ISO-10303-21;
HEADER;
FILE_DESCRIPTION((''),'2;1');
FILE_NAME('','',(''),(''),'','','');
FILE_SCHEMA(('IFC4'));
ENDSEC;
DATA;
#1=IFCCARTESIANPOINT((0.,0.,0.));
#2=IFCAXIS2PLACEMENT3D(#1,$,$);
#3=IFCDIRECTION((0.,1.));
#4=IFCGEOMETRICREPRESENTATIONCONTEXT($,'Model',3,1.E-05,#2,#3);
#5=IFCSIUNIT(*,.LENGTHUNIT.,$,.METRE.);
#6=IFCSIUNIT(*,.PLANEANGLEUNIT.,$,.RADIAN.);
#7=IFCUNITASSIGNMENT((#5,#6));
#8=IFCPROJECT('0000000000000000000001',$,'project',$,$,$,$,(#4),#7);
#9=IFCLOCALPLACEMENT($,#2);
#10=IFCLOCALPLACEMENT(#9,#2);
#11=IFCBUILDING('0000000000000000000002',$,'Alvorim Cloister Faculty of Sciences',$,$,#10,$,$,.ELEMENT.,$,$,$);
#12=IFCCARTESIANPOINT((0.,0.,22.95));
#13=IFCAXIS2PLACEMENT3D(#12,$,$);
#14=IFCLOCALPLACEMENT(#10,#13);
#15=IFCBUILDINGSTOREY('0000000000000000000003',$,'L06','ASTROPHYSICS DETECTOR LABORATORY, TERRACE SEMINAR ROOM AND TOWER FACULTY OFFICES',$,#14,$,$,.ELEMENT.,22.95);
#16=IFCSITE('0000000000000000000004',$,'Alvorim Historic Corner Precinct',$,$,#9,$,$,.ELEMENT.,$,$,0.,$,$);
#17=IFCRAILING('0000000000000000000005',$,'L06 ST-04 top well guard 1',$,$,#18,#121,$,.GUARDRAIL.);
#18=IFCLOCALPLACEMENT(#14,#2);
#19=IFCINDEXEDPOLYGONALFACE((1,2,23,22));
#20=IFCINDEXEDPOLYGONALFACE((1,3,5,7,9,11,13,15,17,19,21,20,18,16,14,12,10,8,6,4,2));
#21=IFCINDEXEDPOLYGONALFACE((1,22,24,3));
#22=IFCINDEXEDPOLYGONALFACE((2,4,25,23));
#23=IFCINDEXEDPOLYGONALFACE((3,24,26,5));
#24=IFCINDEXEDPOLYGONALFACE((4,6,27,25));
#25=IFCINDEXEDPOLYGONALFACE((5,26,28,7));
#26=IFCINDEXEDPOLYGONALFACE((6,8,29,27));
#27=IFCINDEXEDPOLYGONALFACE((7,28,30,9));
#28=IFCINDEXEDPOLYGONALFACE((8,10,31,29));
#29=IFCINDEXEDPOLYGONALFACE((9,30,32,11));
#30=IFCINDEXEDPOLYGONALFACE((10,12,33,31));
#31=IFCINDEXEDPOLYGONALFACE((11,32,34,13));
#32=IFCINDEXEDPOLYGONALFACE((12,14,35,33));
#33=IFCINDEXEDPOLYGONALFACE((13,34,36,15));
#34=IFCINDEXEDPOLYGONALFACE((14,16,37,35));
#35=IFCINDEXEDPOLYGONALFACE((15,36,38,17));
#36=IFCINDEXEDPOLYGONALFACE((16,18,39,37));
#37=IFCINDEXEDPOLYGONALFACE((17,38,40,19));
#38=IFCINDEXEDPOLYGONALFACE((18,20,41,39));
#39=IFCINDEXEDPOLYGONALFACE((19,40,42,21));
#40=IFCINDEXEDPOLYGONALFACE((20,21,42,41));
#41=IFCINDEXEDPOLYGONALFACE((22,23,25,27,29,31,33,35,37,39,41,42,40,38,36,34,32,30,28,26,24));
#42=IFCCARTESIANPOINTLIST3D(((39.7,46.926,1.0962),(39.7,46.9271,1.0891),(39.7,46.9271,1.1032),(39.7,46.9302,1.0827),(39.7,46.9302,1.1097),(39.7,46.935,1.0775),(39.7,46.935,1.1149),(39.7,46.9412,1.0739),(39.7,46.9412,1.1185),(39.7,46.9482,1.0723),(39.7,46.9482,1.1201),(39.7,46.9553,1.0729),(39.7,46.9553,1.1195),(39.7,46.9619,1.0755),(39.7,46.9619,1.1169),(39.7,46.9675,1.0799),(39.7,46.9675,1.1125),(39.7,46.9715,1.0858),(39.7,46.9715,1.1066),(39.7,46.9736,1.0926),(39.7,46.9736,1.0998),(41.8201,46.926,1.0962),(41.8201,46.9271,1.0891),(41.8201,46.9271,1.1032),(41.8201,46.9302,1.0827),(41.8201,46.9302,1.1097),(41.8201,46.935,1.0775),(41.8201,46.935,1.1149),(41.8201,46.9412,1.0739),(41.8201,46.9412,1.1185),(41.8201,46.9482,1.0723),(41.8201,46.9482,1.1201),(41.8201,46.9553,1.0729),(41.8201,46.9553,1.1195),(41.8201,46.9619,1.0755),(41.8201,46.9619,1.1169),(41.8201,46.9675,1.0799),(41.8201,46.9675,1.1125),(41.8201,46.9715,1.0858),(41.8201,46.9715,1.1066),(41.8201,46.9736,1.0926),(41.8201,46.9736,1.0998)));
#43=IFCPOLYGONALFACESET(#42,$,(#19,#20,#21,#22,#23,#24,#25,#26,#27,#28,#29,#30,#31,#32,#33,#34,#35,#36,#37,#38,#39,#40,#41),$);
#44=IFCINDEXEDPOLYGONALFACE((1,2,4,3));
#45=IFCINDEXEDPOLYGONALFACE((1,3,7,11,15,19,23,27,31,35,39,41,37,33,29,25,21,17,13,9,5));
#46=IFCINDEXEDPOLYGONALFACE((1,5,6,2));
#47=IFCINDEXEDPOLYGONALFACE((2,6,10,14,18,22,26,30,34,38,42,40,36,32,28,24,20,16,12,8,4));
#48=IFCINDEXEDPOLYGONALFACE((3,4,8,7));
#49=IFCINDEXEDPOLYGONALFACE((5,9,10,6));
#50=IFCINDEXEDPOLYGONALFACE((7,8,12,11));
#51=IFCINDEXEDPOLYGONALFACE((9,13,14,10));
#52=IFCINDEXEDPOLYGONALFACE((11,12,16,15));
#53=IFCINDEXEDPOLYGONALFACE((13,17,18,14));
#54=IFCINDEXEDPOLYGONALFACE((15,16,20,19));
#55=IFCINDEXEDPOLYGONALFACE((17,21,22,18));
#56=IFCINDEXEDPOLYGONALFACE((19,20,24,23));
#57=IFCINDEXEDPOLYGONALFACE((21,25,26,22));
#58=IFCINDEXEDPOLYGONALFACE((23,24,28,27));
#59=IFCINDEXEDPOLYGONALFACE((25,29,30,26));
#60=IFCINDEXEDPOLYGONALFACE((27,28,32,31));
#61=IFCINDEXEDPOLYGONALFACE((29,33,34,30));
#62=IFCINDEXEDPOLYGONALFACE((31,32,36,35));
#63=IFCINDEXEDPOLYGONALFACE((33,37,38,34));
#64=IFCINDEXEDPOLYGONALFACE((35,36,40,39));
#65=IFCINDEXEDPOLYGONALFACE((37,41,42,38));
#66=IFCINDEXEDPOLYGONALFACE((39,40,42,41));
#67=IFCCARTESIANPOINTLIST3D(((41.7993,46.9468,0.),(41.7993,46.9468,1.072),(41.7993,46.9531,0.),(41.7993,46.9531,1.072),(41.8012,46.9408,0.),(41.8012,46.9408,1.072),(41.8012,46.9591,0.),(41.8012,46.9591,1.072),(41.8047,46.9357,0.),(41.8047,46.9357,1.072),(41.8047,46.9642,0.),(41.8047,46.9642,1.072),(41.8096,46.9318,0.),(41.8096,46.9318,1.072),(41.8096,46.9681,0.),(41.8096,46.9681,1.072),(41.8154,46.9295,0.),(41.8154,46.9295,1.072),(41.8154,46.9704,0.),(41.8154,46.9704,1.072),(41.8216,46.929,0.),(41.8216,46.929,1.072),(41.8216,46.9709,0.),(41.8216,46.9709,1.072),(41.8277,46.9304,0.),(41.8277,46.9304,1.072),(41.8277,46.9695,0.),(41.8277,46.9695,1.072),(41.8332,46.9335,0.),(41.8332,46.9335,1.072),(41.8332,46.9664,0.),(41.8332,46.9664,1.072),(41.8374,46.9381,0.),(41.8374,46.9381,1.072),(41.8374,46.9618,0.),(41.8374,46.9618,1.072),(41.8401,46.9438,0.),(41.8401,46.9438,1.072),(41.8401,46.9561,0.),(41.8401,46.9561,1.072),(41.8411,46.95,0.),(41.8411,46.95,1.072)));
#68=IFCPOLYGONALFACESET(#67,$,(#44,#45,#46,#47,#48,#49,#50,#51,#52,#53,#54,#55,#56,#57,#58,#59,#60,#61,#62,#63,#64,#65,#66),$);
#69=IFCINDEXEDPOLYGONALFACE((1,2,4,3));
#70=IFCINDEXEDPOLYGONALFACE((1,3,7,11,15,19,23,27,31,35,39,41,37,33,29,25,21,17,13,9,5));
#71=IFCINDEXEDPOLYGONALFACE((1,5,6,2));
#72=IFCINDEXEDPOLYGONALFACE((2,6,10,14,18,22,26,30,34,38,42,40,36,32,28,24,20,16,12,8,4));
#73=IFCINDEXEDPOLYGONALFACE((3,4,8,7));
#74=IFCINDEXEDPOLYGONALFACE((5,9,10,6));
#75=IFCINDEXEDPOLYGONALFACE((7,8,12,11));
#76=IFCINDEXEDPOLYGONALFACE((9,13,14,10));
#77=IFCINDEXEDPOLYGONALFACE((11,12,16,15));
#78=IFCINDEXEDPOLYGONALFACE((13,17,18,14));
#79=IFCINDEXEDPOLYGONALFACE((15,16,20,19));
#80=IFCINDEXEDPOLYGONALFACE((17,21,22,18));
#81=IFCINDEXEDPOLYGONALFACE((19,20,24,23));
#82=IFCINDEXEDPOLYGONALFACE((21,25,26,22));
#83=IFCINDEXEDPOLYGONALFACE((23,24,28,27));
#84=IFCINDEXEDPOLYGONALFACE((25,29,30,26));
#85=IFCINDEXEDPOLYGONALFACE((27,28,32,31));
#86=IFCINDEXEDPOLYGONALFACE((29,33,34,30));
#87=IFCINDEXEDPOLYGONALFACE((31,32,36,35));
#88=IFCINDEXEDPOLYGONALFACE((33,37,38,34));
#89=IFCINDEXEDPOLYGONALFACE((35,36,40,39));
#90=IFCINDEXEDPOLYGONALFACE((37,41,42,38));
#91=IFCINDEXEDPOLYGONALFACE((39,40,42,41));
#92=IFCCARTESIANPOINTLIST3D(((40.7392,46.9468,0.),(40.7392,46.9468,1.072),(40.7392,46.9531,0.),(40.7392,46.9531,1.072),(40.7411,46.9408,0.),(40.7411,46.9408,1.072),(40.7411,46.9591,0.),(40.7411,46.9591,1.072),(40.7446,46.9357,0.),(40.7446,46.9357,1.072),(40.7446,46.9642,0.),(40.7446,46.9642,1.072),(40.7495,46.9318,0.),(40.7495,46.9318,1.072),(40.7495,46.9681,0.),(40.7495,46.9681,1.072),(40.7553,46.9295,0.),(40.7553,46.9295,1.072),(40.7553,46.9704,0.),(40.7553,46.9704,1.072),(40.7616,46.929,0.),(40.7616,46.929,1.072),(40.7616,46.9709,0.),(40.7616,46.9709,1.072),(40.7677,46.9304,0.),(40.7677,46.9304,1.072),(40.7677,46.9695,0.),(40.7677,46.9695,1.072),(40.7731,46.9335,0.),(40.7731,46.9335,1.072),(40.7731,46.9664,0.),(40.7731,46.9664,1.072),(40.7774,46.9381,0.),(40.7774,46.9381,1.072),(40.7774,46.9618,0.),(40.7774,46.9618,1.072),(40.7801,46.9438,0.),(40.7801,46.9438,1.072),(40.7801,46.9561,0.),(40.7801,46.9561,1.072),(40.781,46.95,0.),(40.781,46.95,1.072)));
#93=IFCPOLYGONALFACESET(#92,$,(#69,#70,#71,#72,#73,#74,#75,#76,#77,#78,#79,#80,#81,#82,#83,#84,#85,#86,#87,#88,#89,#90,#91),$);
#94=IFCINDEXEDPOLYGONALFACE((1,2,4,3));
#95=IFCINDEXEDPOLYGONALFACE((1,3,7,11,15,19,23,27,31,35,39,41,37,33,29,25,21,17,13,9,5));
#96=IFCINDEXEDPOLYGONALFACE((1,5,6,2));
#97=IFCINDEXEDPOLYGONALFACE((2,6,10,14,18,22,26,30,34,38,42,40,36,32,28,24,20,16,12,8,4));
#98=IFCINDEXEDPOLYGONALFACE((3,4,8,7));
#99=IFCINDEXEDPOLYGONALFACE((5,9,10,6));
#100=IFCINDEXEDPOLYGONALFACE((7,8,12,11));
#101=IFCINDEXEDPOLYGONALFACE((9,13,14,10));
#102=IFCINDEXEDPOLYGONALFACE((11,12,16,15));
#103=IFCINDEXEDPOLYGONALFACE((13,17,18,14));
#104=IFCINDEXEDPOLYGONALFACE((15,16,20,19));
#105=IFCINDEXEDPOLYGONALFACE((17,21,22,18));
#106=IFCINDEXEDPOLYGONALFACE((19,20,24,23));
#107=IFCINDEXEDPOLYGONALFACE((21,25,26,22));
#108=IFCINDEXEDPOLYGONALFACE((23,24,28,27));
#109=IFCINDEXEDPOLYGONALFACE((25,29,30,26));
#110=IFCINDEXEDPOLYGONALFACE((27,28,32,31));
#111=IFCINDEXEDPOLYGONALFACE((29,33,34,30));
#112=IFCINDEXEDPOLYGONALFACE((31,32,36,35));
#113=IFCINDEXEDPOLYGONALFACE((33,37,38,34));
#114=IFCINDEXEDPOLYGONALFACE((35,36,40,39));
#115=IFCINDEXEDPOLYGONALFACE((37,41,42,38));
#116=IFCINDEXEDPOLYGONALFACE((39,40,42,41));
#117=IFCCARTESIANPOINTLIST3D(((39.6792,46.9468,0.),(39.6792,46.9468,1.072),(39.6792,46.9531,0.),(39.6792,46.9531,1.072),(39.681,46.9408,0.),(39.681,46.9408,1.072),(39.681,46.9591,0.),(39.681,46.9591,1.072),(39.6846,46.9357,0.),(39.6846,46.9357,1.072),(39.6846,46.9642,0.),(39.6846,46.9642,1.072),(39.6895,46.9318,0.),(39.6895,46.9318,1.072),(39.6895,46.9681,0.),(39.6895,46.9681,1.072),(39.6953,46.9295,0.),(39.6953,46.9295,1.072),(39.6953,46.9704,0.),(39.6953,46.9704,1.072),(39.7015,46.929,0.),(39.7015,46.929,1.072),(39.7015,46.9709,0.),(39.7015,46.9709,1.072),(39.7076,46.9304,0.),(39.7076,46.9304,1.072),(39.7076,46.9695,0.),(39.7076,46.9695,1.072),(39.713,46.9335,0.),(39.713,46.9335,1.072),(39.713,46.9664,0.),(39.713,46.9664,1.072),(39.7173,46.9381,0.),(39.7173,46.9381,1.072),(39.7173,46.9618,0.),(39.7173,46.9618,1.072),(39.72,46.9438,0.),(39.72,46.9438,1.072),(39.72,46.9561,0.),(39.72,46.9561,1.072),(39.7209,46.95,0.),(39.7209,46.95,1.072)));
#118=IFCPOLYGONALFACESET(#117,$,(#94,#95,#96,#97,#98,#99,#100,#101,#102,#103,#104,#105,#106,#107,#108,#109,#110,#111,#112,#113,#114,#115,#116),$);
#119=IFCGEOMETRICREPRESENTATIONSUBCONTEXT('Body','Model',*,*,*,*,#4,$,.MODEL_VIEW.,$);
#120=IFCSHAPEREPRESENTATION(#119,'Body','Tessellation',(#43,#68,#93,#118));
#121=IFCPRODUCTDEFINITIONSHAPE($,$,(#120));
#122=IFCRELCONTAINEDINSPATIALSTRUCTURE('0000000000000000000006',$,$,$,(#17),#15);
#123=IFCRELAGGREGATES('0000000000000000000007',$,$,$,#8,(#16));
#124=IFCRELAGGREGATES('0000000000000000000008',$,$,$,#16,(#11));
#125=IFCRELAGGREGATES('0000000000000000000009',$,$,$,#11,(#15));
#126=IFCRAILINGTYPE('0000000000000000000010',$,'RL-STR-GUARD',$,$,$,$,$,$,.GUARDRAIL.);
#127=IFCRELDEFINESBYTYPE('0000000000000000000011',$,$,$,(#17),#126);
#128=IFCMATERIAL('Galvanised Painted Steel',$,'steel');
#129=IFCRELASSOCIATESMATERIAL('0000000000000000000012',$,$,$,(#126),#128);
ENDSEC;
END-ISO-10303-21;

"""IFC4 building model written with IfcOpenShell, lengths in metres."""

from ifc_helpers import new_model, si_unit, direction, frame, origin, origin_2d, place, context, subcontext, project, spatial, circle, extrude, material, type_object, element, save


model = new_model("IFC4")

# Units and contexts
model_context = context("Model", 3, precision=1e-05, world=origin(), true_north=direction((0.0, 1.0)))
body_context = subcontext(model_context, "Body", "Model", "MODEL_VIEW")
ifc_project = project(units=[si_unit("LENGTHUNIT", "METRE"), si_unit("PLANEANGLEUNIT", "RADIAN")], contexts=[model_context])

# Site, building, storey
site_placement = place(None, origin())
site = spatial("IfcSite", under=ifc_project, at=site_placement, Name="Alvorim Historic Corner Precinct", CompositionType="ELEMENT", RefElevation=0.0)
building_placement = place(site_placement, origin())
building = spatial("IfcBuilding", under=site, at=building_placement, Name="Alvorim Cloister Faculty of Sciences", CompositionType="ELEMENT")
storey_placement = place(building_placement, frame((0.0, 0.0, 22.95)))
storey = spatial("IfcBuildingStorey", under=building, at=storey_placement, Name="L06", Description="ASTROPHYSICS DETECTOR LABORATORY, TERRACE SEMINAR ROOM AND TOWER FACULTY OFFICES", CompositionType="ELEMENT", Elevation=22.95)

# Railing
ifc_material_1 = material(Name="Galvanised Painted Steel", Category="steel")
railing_type_1 = type_object("IfcRailingType", Name="RL-STR-GUARD", PredefinedType="GUARDRAIL", material=ifc_material_1)
railing_1_placement = place(storey_placement, frame((41.8201, 46.95, 0.0)))
element("IfcRailing", 1, at=railing_1_placement, inside=storey, type_object=railing_type_1, Name="L06 ST-04 top well guard 1", PredefinedType="GUARDRAIL", context=body_context, shape_type="SweptSolid", body=[
    extrude(circle(Radius=0.0239, at=origin_2d()), frame((0.0, 0.0, 1.0962), z_axis=(-1.0, 0.0, 0.0), x_axis=(0.0, -1.0, 0.0)), (0.0, 0.0, 1.0), 2.1201),
    extrude(circle(Radius=0.021, at=origin_2d()), origin(), (0.0, 0.0, 1.0), 1.072),
    extrude(circle(Radius=0.021, at=origin_2d()), frame((-1.0601, 0.0, 0.0)), (0.0, 0.0, 1.0), 1.072),
    extrude(circle(Radius=0.021, at=origin_2d()), frame((-2.1201, 0.0, 0.0)), (0.0, 0.0, 1.0), 1.072),
])

save(model, "model.ifc")
